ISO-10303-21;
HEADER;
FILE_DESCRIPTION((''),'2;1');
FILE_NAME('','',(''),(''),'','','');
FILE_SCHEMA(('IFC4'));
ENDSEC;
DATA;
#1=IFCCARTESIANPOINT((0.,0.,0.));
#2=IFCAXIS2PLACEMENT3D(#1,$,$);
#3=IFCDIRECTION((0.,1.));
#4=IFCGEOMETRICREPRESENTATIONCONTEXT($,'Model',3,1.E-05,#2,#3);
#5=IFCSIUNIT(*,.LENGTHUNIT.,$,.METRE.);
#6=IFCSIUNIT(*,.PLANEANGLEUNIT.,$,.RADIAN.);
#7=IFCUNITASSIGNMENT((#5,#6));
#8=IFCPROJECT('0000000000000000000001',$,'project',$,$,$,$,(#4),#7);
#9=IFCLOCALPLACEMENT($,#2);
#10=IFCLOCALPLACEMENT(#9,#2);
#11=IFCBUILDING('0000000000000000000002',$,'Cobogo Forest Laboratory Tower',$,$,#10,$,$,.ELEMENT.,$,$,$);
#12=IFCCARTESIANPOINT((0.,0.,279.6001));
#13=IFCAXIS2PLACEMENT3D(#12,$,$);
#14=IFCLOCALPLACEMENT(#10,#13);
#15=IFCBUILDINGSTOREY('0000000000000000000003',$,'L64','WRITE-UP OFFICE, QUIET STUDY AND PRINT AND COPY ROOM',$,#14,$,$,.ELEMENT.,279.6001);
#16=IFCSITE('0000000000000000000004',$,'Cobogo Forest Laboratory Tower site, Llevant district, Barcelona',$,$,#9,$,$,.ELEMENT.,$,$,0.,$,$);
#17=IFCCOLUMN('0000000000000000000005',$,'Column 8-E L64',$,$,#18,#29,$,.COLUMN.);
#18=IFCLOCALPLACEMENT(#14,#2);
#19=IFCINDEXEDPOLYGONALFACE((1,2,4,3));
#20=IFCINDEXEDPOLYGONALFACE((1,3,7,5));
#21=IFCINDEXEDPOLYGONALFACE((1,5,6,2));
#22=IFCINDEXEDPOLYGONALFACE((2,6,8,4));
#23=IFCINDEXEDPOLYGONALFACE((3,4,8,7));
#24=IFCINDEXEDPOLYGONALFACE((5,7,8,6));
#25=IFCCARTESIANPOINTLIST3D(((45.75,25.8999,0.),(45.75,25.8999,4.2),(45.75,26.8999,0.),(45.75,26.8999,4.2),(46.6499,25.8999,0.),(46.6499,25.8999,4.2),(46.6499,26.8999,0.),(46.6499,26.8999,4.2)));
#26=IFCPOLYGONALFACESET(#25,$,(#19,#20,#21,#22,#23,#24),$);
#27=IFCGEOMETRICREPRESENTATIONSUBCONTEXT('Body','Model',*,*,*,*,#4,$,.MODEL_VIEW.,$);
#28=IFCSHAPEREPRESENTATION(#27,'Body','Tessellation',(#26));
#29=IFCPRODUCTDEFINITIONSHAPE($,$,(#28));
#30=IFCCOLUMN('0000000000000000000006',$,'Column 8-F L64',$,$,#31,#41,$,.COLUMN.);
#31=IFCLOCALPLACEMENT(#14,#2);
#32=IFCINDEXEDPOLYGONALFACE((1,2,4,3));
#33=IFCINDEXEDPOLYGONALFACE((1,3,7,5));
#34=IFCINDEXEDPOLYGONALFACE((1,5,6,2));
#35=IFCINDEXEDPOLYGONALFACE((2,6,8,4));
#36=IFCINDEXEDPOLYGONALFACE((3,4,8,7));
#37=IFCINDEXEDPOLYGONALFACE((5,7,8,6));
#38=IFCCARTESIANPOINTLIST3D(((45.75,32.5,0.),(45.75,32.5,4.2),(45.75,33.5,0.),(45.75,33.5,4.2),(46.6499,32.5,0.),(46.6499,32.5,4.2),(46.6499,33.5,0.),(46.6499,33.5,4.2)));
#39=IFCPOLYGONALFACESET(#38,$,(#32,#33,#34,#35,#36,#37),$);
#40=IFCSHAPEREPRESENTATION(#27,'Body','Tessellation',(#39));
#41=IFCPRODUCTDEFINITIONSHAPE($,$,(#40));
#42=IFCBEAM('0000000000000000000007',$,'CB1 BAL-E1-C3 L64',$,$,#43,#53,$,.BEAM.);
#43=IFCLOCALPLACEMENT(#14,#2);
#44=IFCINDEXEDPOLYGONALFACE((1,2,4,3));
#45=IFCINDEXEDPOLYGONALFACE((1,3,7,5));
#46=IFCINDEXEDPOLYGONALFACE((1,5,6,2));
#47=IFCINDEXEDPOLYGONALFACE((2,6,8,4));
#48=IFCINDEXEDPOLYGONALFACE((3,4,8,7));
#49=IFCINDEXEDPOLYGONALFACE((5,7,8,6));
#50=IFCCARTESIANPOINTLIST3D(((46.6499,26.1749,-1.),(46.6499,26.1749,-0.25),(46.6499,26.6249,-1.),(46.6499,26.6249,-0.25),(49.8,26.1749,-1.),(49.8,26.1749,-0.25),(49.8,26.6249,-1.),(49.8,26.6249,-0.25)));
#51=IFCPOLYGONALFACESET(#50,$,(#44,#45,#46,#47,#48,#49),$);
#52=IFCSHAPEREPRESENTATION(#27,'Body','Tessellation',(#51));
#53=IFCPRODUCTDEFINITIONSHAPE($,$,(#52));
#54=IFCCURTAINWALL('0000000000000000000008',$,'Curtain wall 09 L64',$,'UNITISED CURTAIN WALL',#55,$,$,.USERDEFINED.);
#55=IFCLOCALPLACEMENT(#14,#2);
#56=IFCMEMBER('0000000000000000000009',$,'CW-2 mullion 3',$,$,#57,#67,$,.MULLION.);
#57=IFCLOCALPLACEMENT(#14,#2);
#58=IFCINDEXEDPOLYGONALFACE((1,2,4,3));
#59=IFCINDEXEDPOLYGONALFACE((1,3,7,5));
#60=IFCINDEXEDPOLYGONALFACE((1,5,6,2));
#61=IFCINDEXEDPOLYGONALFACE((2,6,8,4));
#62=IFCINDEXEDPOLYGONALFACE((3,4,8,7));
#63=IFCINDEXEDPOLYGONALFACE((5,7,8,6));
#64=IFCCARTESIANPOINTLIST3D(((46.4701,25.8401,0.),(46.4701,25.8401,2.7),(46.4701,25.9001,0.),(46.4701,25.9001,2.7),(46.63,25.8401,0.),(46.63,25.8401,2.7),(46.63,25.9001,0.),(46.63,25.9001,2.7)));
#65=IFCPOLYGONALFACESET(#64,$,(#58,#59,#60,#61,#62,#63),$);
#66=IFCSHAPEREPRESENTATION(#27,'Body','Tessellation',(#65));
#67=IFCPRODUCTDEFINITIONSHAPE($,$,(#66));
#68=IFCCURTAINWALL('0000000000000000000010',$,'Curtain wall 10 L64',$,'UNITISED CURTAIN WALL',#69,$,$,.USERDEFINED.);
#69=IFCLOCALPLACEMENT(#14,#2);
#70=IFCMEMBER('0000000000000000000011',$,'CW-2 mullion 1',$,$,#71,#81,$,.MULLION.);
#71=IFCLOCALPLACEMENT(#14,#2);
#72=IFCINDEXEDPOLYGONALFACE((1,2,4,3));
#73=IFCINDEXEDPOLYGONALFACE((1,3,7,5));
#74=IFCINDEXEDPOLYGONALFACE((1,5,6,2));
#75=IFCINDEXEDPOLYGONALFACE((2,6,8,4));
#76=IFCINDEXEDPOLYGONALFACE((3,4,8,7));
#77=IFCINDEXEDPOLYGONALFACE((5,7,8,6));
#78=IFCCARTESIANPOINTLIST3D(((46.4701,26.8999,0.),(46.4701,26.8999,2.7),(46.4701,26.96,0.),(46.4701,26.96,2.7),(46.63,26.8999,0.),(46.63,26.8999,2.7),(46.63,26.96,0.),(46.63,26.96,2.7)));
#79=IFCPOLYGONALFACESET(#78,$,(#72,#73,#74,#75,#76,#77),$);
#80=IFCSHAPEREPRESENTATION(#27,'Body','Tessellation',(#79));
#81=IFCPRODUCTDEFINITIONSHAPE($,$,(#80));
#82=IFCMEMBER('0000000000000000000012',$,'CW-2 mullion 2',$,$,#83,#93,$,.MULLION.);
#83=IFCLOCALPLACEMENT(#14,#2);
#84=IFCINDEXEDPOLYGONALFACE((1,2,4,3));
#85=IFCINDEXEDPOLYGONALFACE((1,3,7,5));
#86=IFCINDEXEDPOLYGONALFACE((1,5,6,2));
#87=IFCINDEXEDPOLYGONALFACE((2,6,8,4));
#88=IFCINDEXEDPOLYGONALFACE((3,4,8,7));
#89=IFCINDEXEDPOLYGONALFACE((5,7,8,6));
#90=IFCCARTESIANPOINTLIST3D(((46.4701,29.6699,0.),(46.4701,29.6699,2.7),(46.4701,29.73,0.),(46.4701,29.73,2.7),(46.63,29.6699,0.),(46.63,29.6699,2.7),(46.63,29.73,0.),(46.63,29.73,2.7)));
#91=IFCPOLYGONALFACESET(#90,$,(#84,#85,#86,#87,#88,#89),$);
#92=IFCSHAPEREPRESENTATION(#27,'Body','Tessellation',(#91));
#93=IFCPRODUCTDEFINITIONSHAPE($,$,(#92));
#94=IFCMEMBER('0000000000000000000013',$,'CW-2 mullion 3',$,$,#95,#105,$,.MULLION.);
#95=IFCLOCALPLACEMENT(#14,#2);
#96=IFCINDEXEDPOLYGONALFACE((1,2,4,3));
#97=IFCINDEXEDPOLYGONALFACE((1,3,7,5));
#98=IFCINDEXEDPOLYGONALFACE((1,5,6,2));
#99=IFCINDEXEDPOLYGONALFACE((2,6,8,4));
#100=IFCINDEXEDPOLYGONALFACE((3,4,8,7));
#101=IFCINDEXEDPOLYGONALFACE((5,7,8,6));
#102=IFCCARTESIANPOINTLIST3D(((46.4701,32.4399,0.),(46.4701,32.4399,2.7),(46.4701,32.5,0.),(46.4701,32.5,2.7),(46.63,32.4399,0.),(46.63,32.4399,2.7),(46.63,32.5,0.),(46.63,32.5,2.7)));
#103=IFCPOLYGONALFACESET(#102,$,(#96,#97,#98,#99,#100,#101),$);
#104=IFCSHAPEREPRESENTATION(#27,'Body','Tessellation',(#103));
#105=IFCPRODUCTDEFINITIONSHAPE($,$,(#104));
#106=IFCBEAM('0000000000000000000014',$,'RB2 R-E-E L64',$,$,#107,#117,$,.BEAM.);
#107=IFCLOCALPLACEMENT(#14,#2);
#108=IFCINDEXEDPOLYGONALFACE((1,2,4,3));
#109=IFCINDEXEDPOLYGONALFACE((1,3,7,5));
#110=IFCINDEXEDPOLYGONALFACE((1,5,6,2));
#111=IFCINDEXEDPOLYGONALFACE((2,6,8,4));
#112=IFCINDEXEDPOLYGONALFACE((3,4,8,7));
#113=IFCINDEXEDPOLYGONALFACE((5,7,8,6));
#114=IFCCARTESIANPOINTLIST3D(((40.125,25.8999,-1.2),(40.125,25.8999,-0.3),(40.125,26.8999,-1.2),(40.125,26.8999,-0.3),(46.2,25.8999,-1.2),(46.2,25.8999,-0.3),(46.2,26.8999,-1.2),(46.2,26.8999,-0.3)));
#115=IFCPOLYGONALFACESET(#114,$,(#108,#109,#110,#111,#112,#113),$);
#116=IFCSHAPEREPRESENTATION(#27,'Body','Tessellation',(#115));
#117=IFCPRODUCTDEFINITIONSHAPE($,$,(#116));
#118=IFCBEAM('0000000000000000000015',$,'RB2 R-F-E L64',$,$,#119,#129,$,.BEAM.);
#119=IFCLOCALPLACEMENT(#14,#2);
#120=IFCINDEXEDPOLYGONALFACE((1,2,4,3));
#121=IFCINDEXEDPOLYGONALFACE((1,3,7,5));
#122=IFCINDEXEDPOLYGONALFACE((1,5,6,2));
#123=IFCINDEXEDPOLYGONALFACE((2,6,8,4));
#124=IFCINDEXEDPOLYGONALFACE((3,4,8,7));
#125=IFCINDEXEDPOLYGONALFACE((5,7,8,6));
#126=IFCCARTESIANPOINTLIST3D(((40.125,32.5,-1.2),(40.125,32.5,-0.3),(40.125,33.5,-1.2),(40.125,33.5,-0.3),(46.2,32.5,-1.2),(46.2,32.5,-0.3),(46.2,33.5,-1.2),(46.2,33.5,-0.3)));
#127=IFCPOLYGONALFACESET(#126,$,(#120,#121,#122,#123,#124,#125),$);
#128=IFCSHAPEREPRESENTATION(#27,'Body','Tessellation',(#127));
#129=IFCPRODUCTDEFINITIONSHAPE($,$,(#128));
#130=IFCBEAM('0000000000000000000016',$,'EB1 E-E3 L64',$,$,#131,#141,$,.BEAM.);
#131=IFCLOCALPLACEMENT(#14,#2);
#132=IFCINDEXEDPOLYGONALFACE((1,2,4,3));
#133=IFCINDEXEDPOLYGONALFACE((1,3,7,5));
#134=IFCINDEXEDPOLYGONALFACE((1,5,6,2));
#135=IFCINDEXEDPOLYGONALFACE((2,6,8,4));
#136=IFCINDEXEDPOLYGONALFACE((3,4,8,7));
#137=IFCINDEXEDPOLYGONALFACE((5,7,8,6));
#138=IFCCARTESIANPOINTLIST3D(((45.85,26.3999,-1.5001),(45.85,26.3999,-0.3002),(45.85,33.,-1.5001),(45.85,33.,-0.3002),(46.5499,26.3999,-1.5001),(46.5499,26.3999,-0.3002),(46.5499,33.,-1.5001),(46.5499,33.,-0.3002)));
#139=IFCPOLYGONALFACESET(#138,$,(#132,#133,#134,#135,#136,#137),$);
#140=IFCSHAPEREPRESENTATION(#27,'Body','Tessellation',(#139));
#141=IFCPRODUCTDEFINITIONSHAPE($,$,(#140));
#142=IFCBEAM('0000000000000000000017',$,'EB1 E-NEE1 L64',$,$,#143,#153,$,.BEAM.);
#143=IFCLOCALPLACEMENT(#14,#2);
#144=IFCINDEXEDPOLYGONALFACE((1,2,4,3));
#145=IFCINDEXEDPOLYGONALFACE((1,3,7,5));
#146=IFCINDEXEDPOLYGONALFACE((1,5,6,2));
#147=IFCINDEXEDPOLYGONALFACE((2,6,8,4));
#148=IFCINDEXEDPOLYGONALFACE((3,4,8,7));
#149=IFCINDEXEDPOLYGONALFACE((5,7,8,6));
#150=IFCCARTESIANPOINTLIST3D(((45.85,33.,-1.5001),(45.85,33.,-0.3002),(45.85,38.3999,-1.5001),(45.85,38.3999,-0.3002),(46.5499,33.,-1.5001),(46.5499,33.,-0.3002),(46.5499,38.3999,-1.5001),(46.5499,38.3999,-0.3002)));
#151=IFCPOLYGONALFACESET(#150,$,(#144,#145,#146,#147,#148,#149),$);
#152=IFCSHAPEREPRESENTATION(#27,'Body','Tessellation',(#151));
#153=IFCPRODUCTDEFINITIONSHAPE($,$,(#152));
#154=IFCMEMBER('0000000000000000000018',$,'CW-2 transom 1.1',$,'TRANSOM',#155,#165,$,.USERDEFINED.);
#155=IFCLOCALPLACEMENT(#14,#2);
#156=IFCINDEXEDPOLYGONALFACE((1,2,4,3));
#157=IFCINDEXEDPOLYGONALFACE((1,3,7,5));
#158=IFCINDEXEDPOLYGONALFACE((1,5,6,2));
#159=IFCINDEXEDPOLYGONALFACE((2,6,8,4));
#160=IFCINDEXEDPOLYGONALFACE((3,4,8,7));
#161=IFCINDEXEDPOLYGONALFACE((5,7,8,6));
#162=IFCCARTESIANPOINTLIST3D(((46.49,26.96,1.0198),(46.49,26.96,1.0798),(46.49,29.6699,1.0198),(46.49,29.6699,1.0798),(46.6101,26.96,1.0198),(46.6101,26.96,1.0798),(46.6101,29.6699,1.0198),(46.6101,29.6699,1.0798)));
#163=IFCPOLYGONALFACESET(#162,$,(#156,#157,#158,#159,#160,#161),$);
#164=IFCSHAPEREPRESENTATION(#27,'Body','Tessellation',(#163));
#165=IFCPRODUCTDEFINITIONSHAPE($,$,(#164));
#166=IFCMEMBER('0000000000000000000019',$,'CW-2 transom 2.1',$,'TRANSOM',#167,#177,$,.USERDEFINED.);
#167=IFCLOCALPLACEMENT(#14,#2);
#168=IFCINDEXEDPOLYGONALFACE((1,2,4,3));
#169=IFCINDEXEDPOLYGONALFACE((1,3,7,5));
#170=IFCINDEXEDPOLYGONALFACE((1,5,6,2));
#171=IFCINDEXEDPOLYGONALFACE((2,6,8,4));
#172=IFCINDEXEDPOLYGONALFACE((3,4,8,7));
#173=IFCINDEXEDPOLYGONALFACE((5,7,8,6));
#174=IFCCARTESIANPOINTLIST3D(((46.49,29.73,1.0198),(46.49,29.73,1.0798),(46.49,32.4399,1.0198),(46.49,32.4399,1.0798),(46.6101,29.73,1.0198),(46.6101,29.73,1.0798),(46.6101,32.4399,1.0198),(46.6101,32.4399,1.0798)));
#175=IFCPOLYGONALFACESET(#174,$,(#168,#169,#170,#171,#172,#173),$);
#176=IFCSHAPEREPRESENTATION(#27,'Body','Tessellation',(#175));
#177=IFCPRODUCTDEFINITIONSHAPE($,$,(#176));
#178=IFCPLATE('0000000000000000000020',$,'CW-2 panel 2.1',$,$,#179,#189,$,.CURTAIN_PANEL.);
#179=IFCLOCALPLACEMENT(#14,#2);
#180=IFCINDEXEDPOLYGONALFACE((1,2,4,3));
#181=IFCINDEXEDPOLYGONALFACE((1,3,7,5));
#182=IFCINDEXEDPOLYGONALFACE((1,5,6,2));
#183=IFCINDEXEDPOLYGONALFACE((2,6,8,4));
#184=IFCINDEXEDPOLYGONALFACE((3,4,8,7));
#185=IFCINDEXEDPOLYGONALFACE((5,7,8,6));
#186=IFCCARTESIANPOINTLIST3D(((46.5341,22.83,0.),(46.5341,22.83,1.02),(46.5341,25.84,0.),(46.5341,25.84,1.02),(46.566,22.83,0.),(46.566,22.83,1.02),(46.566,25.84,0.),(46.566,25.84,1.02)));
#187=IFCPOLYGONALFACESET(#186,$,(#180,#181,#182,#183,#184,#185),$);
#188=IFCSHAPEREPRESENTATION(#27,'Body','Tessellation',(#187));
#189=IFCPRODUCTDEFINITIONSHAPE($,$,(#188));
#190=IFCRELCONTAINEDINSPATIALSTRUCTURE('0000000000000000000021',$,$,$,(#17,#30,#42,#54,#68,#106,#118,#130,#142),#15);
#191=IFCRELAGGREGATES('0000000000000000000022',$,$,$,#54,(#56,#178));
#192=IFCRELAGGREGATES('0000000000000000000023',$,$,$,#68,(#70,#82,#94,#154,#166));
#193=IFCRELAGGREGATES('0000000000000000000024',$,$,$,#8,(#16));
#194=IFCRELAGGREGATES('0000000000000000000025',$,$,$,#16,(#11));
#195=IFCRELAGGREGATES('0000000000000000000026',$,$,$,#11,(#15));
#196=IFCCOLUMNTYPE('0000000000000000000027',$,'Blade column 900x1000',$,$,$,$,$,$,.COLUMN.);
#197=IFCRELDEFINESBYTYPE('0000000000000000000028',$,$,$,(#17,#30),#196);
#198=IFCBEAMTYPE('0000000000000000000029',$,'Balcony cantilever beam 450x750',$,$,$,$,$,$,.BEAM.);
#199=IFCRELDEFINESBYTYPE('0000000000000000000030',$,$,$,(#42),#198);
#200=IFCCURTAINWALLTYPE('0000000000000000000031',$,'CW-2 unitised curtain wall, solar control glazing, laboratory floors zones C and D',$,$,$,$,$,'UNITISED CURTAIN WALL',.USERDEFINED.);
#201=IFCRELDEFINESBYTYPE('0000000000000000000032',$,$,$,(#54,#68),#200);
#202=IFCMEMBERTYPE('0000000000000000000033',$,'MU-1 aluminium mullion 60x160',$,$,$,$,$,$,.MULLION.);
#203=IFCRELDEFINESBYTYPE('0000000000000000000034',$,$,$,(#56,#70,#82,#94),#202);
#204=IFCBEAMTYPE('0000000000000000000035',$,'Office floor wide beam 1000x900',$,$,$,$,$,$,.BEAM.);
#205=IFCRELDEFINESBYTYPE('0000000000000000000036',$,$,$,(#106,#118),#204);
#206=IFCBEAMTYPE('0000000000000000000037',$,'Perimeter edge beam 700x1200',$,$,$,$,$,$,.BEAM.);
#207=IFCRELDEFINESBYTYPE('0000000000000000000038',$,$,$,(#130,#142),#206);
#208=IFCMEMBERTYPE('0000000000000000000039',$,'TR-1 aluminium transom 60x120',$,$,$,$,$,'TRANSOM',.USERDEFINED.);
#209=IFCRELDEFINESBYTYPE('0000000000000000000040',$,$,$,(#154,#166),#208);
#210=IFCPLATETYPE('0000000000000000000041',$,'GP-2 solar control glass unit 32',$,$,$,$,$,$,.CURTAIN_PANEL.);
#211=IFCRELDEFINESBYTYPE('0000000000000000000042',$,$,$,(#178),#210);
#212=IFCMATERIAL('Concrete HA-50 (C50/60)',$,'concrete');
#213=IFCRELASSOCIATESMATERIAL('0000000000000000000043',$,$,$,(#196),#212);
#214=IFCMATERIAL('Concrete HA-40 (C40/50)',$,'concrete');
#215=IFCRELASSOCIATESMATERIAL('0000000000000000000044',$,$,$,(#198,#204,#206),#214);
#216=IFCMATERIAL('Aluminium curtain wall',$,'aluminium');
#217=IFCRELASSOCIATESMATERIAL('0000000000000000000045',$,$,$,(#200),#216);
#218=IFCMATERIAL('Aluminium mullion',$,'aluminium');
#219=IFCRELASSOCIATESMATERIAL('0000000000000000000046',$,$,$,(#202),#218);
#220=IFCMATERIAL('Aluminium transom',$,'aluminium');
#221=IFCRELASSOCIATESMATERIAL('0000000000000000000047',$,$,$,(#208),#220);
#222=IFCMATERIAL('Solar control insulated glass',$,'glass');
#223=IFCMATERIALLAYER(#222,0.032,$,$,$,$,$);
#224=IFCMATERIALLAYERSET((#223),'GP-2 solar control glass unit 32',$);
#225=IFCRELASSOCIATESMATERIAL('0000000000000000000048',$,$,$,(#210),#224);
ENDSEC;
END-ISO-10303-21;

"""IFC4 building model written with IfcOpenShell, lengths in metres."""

from ifc_helpers import new_model, si_unit, direction, frame, origin, origin_2d, place, context, subcontext, project, spatial, rectangle, extrude, material, layer, layer_set, material_profile, profile_set, type_object, element, aggregate, save


model = new_model("IFC4")

# Units and contexts
model_context = context("Model", 3, precision=1e-05, world=origin(), true_north=direction((0.0, 1.0)))
body_context = subcontext(model_context, "Body", "Model", "MODEL_VIEW")
ifc_project = project(units=[si_unit("LENGTHUNIT", "METRE"), si_unit("PLANEANGLEUNIT", "RADIAN")], contexts=[model_context])

# Site, building, storey
site_placement = place(None, origin())
site = spatial("IfcSite", under=ifc_project, at=site_placement, Name="Cobogo Forest Laboratory Tower site, Llevant district, Barcelona", CompositionType="ELEMENT", RefElevation=0.0)
building_placement = place(site_placement, origin())
building = spatial("IfcBuilding", under=site, at=building_placement, Name="Cobogo Forest Laboratory Tower", CompositionType="ELEMENT")
storey_placement = place(building_placement, frame((0.0, 0.0, 279.6001)))
storey = spatial("IfcBuildingStorey", under=building, at=storey_placement, Name="L64", Description="WRITE-UP OFFICE, QUIET STUDY AND PRINT AND COPY ROOM", CompositionType="ELEMENT", Elevation=279.6001)

# Columns
ifc_material_1 = material(Name="Concrete HA-50 (C50/60)", Category="concrete")
ifc_material_profile_1 = material_profile(ifc_material_1, rectangle(XDim=1.0, YDim=0.8999, at=origin_2d()), Name="RC 900x1000")
ifc_profile_set_1 = profile_set([ifc_material_profile_1], Name="Concrete HA-50 (C50/60)")
column_type = type_object("IfcColumnType", Name="Blade column 900x1000", PredefinedType="COLUMN", material=ifc_profile_set_1)
for number, where, z_axis, x_axis, name in (
    (1, (46.2, 26.3999, 0.0), (0.0, 0.0, 1.0), (0.0, 1.0, 0.0), "Column 8-E L64"),
    (2, (46.2, 33.0, 0.0), (0.0, 0.0, 1.0), (0.0, 1.0, 0.0), "Column 8-F L64"),
):
    element("IfcColumn", number, at=place(storey_placement, frame(where, z_axis=z_axis, x_axis=x_axis)), inside=storey, type_object=column_type, Name=name, PredefinedType="COLUMN", context=body_context, shape_type="SweptSolid", body=[
        extrude(rectangle(XDim=1.0, YDim=0.8999, at=origin_2d()), origin(), (0.0, 0.0, 1.0), 4.2),
    ])

# Beam
ifc_material_2 = material(Name="Concrete HA-40 (C40/50)", Category="concrete")
ifc_material_profile_2 = material_profile(ifc_material_2, rectangle(XDim=0.45, YDim=0.75, at=origin_2d()), Name="RC 450x750")
ifc_profile_set_2 = profile_set([ifc_material_profile_2], Name="Concrete HA-40 (C40/50)")
beam_type_1 = type_object("IfcBeamType", Name="Balcony cantilever beam 450x750", PredefinedType="BEAM", material=ifc_profile_set_2)
beam_1_placement = place(storey_placement, frame((46.6499, 26.3999, -0.625), z_axis=(1.0, 0.0, 0.0), x_axis=(0.0, 1.0, 0.0)))
element("IfcBeam", 3, at=beam_1_placement, inside=storey, type_object=beam_type_1, Name="CB1 BAL-E1-C3 L64", PredefinedType="BEAM", context=body_context, shape_type="SweptSolid", body=[
    extrude(rectangle(XDim=0.45, YDim=0.75, at=origin_2d()), origin(), (0.0, 0.0, 1.0), 3.1501),
])

# Curtain wall, member
ifc_material_3 = material(Name="Aluminium curtain wall", Category="aluminium")
curtain_wall_type = type_object("IfcCurtainWallType", Name="CW-2 unitised curtain wall, solar control glazing, laboratory floors zones C and D", ElementType="UNITISED CURTAIN WALL", PredefinedType="USERDEFINED", material=ifc_material_3)
curtain_wall_1_placement = place(storey_placement, origin())
curtain_wall_1 = element("IfcCurtainWall", 4, at=curtain_wall_1_placement, inside=storey, type_object=curtain_wall_type, Name="Curtain wall 09 L64", ObjectType="UNITISED CURTAIN WALL", PredefinedType="USERDEFINED")
ifc_material_4 = material(Name="Aluminium mullion", Category="aluminium")
ifc_material_profile_3 = material_profile(ifc_material_4, rectangle(XDim=0.0601, YDim=0.1599, at=origin_2d()), Name="AL 60x160")
ifc_profile_set_3 = profile_set([ifc_material_profile_3], Name="Aluminium mullion")
member_type_1 = type_object("IfcMemberType", Name="MU-1 aluminium mullion 60x160", PredefinedType="MULLION", material=ifc_profile_set_3)
member_1_placement = place(storey_placement, frame((46.55, 25.8701, 0.0), z_axis=(0.0, 0.0, 1.0), x_axis=(0.0, 1.0, 0.0)))
member_1 = element("IfcMember", 5, at=member_1_placement, type_object=member_type_1, Name="CW-2 mullion 3", PredefinedType="MULLION", context=body_context, shape_type="SweptSolid", body=[
    extrude(rectangle(XDim=0.0601, YDim=0.1599, at=origin_2d()), origin(), (0.0, 0.0, 1.0), 2.7),
])

# Curtain wall, members
curtain_wall_2_placement = place(storey_placement, origin())
curtain_wall_2 = element("IfcCurtainWall", 6, at=curtain_wall_2_placement, inside=storey, type_object=curtain_wall_type, Name="Curtain wall 10 L64", ObjectType="UNITISED CURTAIN WALL", PredefinedType="USERDEFINED")
member_2_placement = place(storey_placement, frame((46.55, 26.9299, 0.0), z_axis=(0.0, 0.0, 1.0), x_axis=(0.0, 1.0, 0.0)))
member_2 = element("IfcMember", 7, at=member_2_placement, type_object=member_type_1, Name="CW-2 mullion 1", PredefinedType="MULLION", context=body_context, shape_type="SweptSolid", body=[
    extrude(rectangle(XDim=0.0601, YDim=0.1599, at=origin_2d()), origin(), (0.0, 0.0, 1.0), 2.7),
])
member_3_placement = place(storey_placement, frame((46.55, 29.7, 0.0), z_axis=(0.0, 0.0, 1.0), x_axis=(0.0, 1.0, 0.0)))
member_3 = element("IfcMember", 8, at=member_3_placement, type_object=member_type_1, Name="CW-2 mullion 2", PredefinedType="MULLION", context=body_context, shape_type="SweptSolid", body=[
    extrude(rectangle(XDim=0.0601, YDim=0.1599, at=origin_2d()), origin(), (0.0, 0.0, 1.0), 2.7),
])
member_4_placement = place(storey_placement, frame((46.55, 32.47, 0.0), z_axis=(0.0, 0.0, 1.0), x_axis=(0.0, 1.0, 0.0)))
member_4 = element("IfcMember", 9, at=member_4_placement, type_object=member_type_1, Name="CW-2 mullion 3", PredefinedType="MULLION", context=body_context, shape_type="SweptSolid", body=[
    extrude(rectangle(XDim=0.0601, YDim=0.1599, at=origin_2d()), origin(), (0.0, 0.0, 1.0), 2.7),
])

# Beams
ifc_material_profile_4 = material_profile(ifc_material_2, rectangle(XDim=1.0, YDim=0.8999, at=origin_2d()), Name="RC 1000x900")
ifc_profile_set_4 = profile_set([ifc_material_profile_4], Name="Concrete HA-40 (C40/50)")
beam_type_2 = type_object("IfcBeamType", Name="Office floor wide beam 1000x900", PredefinedType="BEAM", material=ifc_profile_set_4)
for number, where, z_axis, x_axis, name in (
    (10, (40.125, 26.3999, -0.75), (1.0, 0.0, 0.0), (0.0, 1.0, 0.0), "RB2 R-E-E L64"),
    (11, (40.125, 33.0, -0.75), (1.0, 0.0, 0.0), (0.0, 1.0, 0.0), "RB2 R-F-E L64"),
):
    element("IfcBeam", number, at=place(storey_placement, frame(where, z_axis=z_axis, x_axis=x_axis)), inside=storey, type_object=beam_type_2, Name=name, PredefinedType="BEAM", context=body_context, shape_type="SweptSolid", body=[
        extrude(rectangle(XDim=1.0, YDim=0.8999, at=origin_2d()), origin(), (0.0, 0.0, 1.0), 6.075),
    ])
ifc_material_profile_5 = material_profile(ifc_material_2, rectangle(XDim=0.7, YDim=1.2, at=origin_2d()), Name="RC 700x1200")
ifc_profile_set_5 = profile_set([ifc_material_profile_5], Name="Concrete HA-40 (C40/50)")
beam_type_3 = type_object("IfcBeamType", Name="Perimeter edge beam 700x1200", PredefinedType="BEAM", material=ifc_profile_set_5)
beam_2_placement = place(storey_placement, frame((46.2, 26.3999, -0.9001), z_axis=(0.0, 1.0, 0.0), x_axis=(-1.0, 0.0, 0.0)))
element("IfcBeam", 12, at=beam_2_placement, inside=storey, type_object=beam_type_3, Name="EB1 E-E3 L64", PredefinedType="BEAM", context=body_context, shape_type="SweptSolid", body=[
    extrude(rectangle(XDim=0.7, YDim=1.2, at=origin_2d()), origin(), (0.0, 0.0, 1.0), 6.6001),
])
beam_3_placement = place(storey_placement, frame((46.2, 33.0, -0.9001), z_axis=(0.0, 1.0, 0.0), x_axis=(-1.0, 0.0, 0.0)))
element("IfcBeam", 13, at=beam_3_placement, inside=storey, type_object=beam_type_3, Name="EB1 E-NEE1 L64", PredefinedType="BEAM", context=body_context, shape_type="SweptSolid", body=[
    extrude(rectangle(XDim=0.7, YDim=1.2, at=origin_2d()), origin(), (0.0, 0.0, 1.0), 5.3999),
])

# Members
ifc_material_5 = material(Name="Aluminium transom", Category="aluminium")
ifc_material_profile_6 = material_profile(ifc_material_5, rectangle(XDim=0.1201, YDim=0.0601, at=origin_2d()), Name="AL 60x120")
ifc_profile_set_6 = profile_set([ifc_material_profile_6], Name="Aluminium transom")
member_type_2 = type_object("IfcMemberType", Name="TR-1 aluminium transom 60x120", ElementType="TRANSOM", PredefinedType="USERDEFINED", material=ifc_profile_set_6)
member_5_placement = place(storey_placement, frame((46.55, 26.96, 1.0498), z_axis=(0.0, 1.0, 0.0), x_axis=(-1.0, 0.0, 0.0)))
member_5 = element("IfcMember", 14, at=member_5_placement, type_object=member_type_2, Name="CW-2 transom 1.1", ObjectType="TRANSOM", PredefinedType="USERDEFINED", context=body_context, shape_type="SweptSolid", body=[
    extrude(rectangle(XDim=0.1201, YDim=0.0601, at=origin_2d()), origin(), (0.0, 0.0, 1.0), 2.71),
])
member_6_placement = place(storey_placement, frame((46.55, 29.73, 1.0498), z_axis=(0.0, 1.0, 0.0), x_axis=(-1.0, 0.0, 0.0)))
member_6 = element("IfcMember", 15, at=member_6_placement, type_object=member_type_2, Name="CW-2 transom 2.1", ObjectType="TRANSOM", PredefinedType="USERDEFINED", context=body_context, shape_type="SweptSolid", body=[
    extrude(rectangle(XDim=0.1201, YDim=0.0601, at=origin_2d()), origin(), (0.0, 0.0, 1.0), 2.71),
])

# Plate
ifc_material_6 = material(Name="Solar control insulated glass", Category="glass")
ifc_layer_1 = layer(ifc_material_6, 0.032)
ifc_layer_set_1 = layer_set([ifc_layer_1], Name="GP-2 solar control glass unit 32")
plate_type_1 = type_object("IfcPlateType", Name="GP-2 solar control glass unit 32", PredefinedType="CURTAIN_PANEL", material=ifc_layer_set_1)
plate_1_placement = place(storey_placement, frame((46.55, 24.335, 0.0), z_axis=(0.0, 0.0, 1.0), x_axis=(0.0, 1.0, 0.0)))
plate_1 = element("IfcPlate", 16, at=plate_1_placement, type_object=plate_type_1, Name="CW-2 panel 2.1", PredefinedType="CURTAIN_PANEL", context=body_context, shape_type="SweptSolid", body=[
    extrude(rectangle(XDim=3.01, YDim=0.032, at=origin_2d()), origin(), (0.0, 0.0, 1.0), 1.02),
])
aggregate(curtain_wall_1, [member_1, plate_1])
aggregate(curtain_wall_2, [member_2, member_3, member_4, member_5, member_6])

save(model, "model.ifc")
